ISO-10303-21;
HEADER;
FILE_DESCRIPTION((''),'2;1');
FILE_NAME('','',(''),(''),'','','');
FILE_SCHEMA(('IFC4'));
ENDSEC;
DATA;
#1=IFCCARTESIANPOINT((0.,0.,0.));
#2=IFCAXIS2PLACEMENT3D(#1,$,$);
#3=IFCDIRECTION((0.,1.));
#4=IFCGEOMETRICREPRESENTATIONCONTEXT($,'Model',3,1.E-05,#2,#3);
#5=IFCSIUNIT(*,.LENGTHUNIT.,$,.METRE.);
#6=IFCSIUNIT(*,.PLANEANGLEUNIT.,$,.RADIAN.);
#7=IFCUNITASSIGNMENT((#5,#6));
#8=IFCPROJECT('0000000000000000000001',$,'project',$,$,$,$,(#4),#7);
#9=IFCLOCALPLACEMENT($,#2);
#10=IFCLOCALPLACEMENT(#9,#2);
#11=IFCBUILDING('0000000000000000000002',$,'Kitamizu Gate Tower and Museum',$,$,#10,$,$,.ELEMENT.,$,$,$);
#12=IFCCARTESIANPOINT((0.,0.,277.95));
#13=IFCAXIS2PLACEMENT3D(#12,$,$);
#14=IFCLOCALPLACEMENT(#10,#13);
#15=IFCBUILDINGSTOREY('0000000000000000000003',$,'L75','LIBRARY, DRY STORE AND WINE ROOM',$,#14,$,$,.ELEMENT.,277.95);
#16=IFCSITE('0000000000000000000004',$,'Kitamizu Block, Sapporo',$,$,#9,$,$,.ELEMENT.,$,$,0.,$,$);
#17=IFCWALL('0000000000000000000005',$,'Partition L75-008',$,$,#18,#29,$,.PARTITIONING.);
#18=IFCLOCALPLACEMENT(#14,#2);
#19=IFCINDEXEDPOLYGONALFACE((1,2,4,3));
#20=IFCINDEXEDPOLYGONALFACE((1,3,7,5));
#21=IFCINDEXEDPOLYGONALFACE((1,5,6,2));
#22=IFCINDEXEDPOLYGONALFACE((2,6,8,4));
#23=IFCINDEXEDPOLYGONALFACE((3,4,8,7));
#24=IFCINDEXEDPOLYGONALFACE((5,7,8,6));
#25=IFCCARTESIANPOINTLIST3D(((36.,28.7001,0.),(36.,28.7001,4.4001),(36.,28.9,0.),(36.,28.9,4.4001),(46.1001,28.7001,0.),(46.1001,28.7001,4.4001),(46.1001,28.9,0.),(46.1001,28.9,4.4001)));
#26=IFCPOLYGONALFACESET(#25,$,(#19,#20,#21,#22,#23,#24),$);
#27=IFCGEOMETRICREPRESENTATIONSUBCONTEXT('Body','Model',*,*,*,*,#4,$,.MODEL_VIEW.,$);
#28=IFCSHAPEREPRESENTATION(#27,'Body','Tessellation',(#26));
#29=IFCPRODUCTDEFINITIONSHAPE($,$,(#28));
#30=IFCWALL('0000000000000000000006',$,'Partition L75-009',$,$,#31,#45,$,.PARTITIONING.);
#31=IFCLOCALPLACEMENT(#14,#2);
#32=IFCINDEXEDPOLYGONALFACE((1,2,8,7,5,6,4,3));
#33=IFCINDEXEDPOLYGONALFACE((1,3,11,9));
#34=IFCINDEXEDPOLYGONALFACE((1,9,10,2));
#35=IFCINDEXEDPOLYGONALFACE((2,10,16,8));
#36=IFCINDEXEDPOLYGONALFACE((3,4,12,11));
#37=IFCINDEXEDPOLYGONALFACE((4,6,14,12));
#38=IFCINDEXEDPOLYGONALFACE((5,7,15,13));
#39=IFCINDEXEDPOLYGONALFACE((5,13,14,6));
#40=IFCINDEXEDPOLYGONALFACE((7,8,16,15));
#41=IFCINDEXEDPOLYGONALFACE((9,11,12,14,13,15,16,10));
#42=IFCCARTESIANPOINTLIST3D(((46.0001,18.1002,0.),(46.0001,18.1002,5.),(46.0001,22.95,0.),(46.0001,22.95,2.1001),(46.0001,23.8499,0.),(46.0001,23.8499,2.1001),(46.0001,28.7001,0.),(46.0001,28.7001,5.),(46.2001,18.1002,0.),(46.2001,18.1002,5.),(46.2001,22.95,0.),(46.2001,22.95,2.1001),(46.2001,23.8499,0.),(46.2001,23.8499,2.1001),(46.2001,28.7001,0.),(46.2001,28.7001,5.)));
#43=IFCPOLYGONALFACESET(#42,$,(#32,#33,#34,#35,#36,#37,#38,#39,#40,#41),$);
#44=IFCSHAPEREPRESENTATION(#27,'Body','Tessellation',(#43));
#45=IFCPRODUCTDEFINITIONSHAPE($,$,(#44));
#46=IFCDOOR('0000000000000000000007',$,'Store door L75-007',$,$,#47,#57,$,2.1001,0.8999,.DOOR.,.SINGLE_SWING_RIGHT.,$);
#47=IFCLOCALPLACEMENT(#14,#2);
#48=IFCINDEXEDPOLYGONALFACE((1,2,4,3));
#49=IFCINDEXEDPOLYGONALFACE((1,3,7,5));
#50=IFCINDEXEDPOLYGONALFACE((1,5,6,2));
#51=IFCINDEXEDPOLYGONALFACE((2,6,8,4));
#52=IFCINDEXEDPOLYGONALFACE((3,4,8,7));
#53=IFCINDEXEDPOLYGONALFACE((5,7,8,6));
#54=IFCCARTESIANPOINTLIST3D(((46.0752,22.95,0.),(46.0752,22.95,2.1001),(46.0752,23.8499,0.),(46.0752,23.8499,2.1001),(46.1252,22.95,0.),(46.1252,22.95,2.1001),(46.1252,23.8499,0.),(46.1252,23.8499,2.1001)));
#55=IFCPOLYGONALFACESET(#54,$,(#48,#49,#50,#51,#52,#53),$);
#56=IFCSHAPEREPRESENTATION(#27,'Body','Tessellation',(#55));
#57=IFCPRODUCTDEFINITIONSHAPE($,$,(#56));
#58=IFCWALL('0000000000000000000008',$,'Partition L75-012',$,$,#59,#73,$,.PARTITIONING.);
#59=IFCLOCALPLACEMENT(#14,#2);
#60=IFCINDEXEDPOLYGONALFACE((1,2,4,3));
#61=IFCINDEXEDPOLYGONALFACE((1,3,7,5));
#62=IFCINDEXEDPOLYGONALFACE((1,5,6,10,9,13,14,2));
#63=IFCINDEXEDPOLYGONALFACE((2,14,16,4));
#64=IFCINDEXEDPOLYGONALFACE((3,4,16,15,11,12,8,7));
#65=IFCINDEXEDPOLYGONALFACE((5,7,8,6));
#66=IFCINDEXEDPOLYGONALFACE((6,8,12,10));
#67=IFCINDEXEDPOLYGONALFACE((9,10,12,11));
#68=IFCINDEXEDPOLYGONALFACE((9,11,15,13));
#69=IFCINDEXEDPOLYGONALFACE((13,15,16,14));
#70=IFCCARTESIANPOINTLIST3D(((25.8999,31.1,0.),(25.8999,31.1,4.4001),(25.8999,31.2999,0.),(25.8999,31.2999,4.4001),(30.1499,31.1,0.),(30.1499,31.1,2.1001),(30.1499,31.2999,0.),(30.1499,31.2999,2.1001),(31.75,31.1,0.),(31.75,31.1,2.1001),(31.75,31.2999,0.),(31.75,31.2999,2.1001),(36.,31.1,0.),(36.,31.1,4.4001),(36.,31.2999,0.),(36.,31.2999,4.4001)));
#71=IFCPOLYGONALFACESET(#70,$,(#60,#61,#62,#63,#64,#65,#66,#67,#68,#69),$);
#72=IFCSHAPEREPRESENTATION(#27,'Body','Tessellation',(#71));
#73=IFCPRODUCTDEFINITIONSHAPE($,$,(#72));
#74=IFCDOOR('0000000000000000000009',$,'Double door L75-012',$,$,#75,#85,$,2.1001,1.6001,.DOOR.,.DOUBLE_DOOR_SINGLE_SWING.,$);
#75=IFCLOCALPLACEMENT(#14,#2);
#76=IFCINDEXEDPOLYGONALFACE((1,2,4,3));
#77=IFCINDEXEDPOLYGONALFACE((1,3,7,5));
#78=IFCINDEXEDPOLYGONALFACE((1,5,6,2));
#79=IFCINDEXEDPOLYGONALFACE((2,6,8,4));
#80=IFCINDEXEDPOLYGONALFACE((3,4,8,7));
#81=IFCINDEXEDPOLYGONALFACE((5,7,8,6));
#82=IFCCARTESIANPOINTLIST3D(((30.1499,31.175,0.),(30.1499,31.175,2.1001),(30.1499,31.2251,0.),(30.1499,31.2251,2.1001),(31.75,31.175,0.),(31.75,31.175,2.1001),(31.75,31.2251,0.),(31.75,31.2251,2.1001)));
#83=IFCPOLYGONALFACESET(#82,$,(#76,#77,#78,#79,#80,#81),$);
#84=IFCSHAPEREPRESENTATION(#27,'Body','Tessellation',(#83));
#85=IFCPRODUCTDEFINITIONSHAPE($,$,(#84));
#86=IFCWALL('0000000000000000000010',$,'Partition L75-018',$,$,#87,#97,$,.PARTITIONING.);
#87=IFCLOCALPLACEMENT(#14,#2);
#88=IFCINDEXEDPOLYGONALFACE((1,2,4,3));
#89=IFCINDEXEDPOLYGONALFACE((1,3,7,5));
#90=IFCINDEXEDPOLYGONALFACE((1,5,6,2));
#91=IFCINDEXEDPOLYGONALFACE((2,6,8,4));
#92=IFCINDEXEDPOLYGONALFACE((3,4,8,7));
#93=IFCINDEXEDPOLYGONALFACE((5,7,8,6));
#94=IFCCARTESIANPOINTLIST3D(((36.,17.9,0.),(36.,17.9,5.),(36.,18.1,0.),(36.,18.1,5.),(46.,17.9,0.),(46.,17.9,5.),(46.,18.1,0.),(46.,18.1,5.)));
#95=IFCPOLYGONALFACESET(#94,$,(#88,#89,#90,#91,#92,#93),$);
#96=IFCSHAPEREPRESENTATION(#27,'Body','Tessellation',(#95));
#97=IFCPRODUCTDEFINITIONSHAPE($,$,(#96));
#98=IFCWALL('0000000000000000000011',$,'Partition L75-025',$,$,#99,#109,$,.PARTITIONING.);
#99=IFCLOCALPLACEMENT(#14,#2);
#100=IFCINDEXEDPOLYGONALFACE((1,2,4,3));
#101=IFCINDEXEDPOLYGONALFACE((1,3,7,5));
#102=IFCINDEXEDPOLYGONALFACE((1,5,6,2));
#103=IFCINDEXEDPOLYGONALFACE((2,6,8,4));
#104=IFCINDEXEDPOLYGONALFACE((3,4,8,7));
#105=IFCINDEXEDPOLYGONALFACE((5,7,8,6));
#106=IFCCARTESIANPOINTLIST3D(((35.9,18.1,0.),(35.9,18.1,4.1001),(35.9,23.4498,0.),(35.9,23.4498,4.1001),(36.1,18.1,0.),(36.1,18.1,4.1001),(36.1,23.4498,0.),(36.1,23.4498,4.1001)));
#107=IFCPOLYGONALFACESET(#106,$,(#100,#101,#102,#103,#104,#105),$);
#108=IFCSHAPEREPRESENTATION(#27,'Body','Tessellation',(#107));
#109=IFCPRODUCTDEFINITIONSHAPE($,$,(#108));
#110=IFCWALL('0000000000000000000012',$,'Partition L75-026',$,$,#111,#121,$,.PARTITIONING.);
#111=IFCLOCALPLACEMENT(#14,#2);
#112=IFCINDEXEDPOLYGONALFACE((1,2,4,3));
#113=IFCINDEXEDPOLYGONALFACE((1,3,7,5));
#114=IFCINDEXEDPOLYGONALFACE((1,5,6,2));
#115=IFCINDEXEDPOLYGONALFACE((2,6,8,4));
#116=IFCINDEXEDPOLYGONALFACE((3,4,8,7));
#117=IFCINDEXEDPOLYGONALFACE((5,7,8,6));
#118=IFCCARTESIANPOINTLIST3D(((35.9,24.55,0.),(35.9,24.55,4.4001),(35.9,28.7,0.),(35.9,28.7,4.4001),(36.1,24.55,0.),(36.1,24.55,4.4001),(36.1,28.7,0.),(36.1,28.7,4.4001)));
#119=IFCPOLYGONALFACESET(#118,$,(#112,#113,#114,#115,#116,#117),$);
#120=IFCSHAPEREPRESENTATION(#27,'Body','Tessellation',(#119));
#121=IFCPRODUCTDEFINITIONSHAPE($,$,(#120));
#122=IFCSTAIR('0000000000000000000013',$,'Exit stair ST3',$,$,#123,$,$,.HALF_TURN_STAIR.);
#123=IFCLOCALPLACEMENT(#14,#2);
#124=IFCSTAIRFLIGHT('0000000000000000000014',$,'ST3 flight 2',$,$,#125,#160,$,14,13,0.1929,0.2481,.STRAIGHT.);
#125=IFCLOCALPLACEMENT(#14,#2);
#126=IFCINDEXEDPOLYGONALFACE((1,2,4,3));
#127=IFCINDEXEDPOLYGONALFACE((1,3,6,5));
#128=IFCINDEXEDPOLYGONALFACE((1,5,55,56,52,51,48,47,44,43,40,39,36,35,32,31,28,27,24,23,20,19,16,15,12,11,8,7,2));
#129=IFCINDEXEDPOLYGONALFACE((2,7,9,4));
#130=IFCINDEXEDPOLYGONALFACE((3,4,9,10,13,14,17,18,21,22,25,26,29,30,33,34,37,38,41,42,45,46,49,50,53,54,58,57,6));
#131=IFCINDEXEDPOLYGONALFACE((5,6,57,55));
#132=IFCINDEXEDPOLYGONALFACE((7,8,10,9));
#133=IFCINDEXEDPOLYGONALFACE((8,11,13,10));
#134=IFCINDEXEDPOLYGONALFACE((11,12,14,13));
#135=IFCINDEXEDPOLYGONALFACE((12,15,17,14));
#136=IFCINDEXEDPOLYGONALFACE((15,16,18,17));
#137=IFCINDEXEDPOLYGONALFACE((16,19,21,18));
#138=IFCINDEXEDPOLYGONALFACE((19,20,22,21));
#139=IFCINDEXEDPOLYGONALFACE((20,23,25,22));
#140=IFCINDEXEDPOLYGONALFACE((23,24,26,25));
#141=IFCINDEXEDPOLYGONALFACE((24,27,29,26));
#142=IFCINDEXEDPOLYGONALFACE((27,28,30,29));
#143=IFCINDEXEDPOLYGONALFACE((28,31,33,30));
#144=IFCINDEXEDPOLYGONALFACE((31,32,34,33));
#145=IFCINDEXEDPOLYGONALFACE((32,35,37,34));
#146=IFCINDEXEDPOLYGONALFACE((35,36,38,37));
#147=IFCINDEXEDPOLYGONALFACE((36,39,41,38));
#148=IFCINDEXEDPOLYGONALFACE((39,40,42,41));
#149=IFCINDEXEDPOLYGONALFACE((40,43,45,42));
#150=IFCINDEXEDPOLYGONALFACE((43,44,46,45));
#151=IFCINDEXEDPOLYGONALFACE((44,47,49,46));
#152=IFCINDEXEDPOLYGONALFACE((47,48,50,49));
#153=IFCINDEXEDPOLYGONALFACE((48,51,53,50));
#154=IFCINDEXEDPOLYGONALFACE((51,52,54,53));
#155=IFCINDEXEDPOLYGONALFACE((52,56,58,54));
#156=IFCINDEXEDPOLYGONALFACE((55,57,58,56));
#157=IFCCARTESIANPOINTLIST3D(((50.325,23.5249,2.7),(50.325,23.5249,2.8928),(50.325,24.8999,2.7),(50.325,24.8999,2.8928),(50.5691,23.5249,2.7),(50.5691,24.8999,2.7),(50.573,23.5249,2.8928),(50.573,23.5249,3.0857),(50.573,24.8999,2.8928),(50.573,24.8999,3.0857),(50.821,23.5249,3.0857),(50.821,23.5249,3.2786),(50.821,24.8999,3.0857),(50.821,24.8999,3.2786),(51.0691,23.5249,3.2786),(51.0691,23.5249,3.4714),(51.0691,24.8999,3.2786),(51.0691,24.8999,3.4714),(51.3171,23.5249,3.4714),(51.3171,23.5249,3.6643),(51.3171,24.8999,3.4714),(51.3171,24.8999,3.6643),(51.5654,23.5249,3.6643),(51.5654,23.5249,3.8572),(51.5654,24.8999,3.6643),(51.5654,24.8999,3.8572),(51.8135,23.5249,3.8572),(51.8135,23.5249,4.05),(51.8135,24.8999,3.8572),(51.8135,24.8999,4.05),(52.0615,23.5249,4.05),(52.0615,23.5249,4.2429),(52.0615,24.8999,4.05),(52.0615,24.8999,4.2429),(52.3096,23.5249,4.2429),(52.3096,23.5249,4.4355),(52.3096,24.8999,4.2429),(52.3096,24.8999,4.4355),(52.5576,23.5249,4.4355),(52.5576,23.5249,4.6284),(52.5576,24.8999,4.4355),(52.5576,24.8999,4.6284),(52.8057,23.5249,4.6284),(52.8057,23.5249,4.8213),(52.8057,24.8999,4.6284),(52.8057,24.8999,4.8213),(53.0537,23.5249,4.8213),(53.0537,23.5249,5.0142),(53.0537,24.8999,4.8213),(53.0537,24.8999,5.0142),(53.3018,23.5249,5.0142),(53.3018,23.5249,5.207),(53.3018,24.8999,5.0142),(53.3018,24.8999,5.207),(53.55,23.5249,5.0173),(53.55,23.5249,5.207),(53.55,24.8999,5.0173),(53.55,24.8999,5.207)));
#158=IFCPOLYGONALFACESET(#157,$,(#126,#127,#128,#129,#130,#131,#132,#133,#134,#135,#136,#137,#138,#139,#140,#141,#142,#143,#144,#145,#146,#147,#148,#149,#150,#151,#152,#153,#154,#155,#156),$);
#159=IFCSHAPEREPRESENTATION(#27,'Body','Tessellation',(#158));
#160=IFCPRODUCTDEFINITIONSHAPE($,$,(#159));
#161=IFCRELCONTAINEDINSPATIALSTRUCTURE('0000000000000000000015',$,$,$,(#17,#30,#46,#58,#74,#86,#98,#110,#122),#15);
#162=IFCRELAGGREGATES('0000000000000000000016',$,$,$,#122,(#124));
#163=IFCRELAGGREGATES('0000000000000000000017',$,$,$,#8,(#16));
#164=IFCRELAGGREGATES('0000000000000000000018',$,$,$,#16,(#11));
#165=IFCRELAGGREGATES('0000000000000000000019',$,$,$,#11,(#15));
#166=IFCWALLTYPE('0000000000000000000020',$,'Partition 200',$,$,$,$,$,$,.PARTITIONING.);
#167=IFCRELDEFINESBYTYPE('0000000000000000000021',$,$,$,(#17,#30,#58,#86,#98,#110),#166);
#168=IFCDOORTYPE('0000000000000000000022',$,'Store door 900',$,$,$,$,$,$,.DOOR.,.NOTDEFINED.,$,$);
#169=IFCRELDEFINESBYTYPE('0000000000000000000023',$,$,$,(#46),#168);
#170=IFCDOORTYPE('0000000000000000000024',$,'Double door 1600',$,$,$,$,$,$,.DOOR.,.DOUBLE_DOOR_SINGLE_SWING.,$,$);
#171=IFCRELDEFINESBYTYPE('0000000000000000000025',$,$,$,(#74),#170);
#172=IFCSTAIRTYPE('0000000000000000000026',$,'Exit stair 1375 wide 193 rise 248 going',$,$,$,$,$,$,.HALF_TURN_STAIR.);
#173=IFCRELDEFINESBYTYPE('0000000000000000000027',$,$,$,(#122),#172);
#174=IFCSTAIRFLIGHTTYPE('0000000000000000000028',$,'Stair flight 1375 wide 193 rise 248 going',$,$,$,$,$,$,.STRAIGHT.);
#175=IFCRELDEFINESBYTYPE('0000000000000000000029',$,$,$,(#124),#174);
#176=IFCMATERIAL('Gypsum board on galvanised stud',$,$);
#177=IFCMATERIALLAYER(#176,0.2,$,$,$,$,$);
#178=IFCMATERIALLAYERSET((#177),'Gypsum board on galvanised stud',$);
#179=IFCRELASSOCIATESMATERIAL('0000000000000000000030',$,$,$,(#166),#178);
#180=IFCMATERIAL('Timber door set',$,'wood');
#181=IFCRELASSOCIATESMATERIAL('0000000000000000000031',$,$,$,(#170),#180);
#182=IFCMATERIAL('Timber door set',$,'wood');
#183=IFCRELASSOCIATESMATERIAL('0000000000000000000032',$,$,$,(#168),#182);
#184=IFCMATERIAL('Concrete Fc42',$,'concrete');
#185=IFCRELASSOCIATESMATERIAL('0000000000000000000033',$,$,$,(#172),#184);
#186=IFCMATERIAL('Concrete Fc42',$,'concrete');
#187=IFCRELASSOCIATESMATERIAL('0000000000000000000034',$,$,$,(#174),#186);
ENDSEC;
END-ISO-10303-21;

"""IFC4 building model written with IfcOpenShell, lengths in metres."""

from ifc_helpers import new_model, si_unit, direction, frame, frame_2d, origin, place, context, subcontext, project, spatial, polyline, rectangle, outline, extrude, material, layer, layer_set, type_object, element, fill, aggregate, save


model = new_model("IFC4")

# Units and contexts
model_context = context("Model", 3, precision=1e-05, world=origin(), true_north=direction((0.0, 1.0)))
body_context = subcontext(model_context, "Body", "Model", "MODEL_VIEW")
ifc_project = project(units=[si_unit("LENGTHUNIT", "METRE"), si_unit("PLANEANGLEUNIT", "RADIAN")], contexts=[model_context])

# Site, building, storey
site_placement = place(None, origin())
site = spatial("IfcSite", under=ifc_project, at=site_placement, Name="Kitamizu Block, Sapporo", CompositionType="ELEMENT", RefElevation=0.0)
building_placement = place(site_placement, origin())
building = spatial("IfcBuilding", under=site, at=building_placement, Name="Kitamizu Gate Tower and Museum", CompositionType="ELEMENT")
storey_placement = place(building_placement, frame((0.0, 0.0, 277.95)))
storey = spatial("IfcBuildingStorey", under=building, at=storey_placement, Name="L75", Description="LIBRARY, DRY STORE AND WINE ROOM", CompositionType="ELEMENT", Elevation=277.95)

# Shared definitions
ifc_material_1 = material(Name="Gypsum board on galvanised stud")
ifc_layer_1 = layer(ifc_material_1, 0.2)
ifc_layer_set_1 = layer_set([ifc_layer_1], Name="Gypsum board on galvanised stud")
wall_type_1 = type_object("IfcWallType", Name="Partition 200", PredefinedType="PARTITIONING", material=ifc_layer_set_1)
ifc_material_2 = material(Name="Timber door set", Category="wood")
door_type_1 = type_object("IfcDoorType", Name="Double door 1600", OperationType="DOUBLE_DOOR_SINGLE_SWING", PredefinedType="DOOR", material=ifc_material_2)

# Wall
wall_1_placement = place(storey_placement, frame((36.0, 28.8, 0.0), z_axis=(0.0, 0.0, 1.0), x_axis=(1.0, 0.0, 0.0)))
element("IfcWall", 1, at=wall_1_placement, inside=storey, type_object=wall_type_1, Name="Partition L75-008", PredefinedType="PARTITIONING", context=body_context, shape_type="SweptSolid", body=[
    extrude(rectangle(XDim=10.1001, YDim=0.2, at=frame_2d((5.05, 0.0))), origin(), (0.0, 0.0, 1.0), 4.4001),
])

# Walls, openings, doors
wall_2_placement = place(storey_placement, frame((46.1001, 28.7, 0.0), z_axis=(0.0, 0.0, 1.0), x_axis=(0.0, -1.0, 0.0)))
wall_2 = element("IfcWall", 2, at=wall_2_placement, inside=storey, type_object=wall_type_1, Name="Partition L75-009", PredefinedType="PARTITIONING", context=body_context, shape_type="SweptSolid", body=[
    extrude(rectangle(XDim=10.5999, YDim=0.2, at=frame_2d((5.2998, 0.0))), origin(), (0.0, 0.0, 1.0), 5.0),
])
opening_1_placement = place(wall_2_placement, frame((4.8501, 0.0, 0.0)))
opening_1 = element("IfcOpeningElement", 3, at=opening_1_placement, cuts=wall_2, PredefinedType="OPENING", context=body_context, shape_type="SweptSolid", body=[
    extrude(rectangle(XDim=0.8999, YDim=2.1001, at=frame_2d((0.45, 1.05))), frame((0.0, 0.1099, 0.0), z_axis=(0.0, -1.0, 0.0), x_axis=(1.0, 0.0, 0.0)), (0.0, 0.0, 1.0), 0.22),
])
ifc_material_3 = material(Name="Timber door set", Category="wood")
door_type_2 = type_object("IfcDoorType", Name="Store door 900", OperationType="NOTDEFINED", PredefinedType="DOOR", material=ifc_material_3)
door_1_placement = place(opening_1_placement, frame((0.8999, 0.0, 0.0), x_axis=(-1.0, 0.0, 0.0)))
door_1 = element("IfcDoor", 4, at=door_1_placement, inside=storey, type_object=door_type_2, Name="Store door L75-007", OperationType="SINGLE_SWING_RIGHT", OverallHeight=2.1001, OverallWidth=0.8999, PredefinedType="DOOR", context=body_context, shape_type="SweptSolid", body=[
    extrude(rectangle(XDim=0.8999, YDim=2.1001, at=frame_2d((0.45, 1.05))), frame((0.0, 0.0249, 0.0), z_axis=(0.0, -1.0, 0.0), x_axis=(1.0, 0.0, 0.0)), (0.0, 0.0, 1.0), 0.05),
])
fill(opening_1, door_1)
wall_3_placement = place(storey_placement, frame((36.0, 31.2, 0.0), z_axis=(0.0, 0.0, 1.0), x_axis=(-1.0, 0.0, 0.0)))
wall_3 = element("IfcWall", 5, at=wall_3_placement, inside=storey, type_object=wall_type_1, Name="Partition L75-012", PredefinedType="PARTITIONING", context=body_context, shape_type="SweptSolid", body=[
    extrude(rectangle(XDim=10.1001, YDim=0.2, at=frame_2d((5.05, 0.0))), origin(), (0.0, 0.0, 1.0), 4.4001),
])
opening_2_placement = place(wall_3_placement, frame((4.25, 0.0, 0.0)))
opening_2 = element("IfcOpeningElement", 6, at=opening_2_placement, cuts=wall_3, PredefinedType="OPENING", context=body_context, shape_type="SweptSolid", body=[
    extrude(rectangle(XDim=1.6001, YDim=2.1001, at=frame_2d((0.8, 1.05))), frame((0.0, 0.1099, 0.0), z_axis=(0.0, -1.0, 0.0), x_axis=(1.0, 0.0, 0.0)), (0.0, 0.0, 1.0), 0.22),
])
door_2_placement = place(opening_2_placement, origin())
door_2 = element("IfcDoor", 7, at=door_2_placement, inside=storey, type_object=door_type_1, Name="Double door L75-012", OperationType="DOUBLE_DOOR_SINGLE_SWING", OverallHeight=2.1001, OverallWidth=1.6001, PredefinedType="DOOR", context=body_context, shape_type="SweptSolid", body=[
    extrude(rectangle(XDim=1.6001, YDim=2.1001, at=frame_2d((0.8, 1.05))), frame((0.0, 0.0249, 0.0), z_axis=(0.0, -1.0, 0.0), x_axis=(1.0, 0.0, 0.0)), (0.0, 0.0, 1.0), 0.05),
])
fill(opening_2, door_2)

# Walls
wall_4_placement = place(storey_placement, frame((46.0, 18.0, 0.0), z_axis=(0.0, 0.0, 1.0), x_axis=(-1.0, 0.0, 0.0)))
element("IfcWall", 8, at=wall_4_placement, inside=storey, type_object=wall_type_1, Name="Partition L75-018", PredefinedType="PARTITIONING", context=body_context, shape_type="SweptSolid", body=[
    extrude(rectangle(XDim=10.0, YDim=0.2, at=frame_2d((5.0, 0.0))), origin(), (0.0, 0.0, 1.0), 5.0),
])
wall_5_placement = place(storey_placement, frame((36.0, 18.1001, 0.0), z_axis=(0.0, 0.0, 1.0), x_axis=(0.0, 1.0, 0.0)))
element("IfcWall", 9, at=wall_5_placement, inside=storey, type_object=wall_type_1, Name="Partition L75-025", PredefinedType="PARTITIONING", context=body_context, shape_type="SweptSolid", body=[
    extrude(rectangle(XDim=5.3499, YDim=0.2, at=frame_2d((2.6748, 0.0))), origin(), (0.0, 0.0, 1.0), 4.1001),
])
wall_6_placement = place(storey_placement, frame((36.0, 24.55, 0.0), z_axis=(0.0, 0.0, 1.0), x_axis=(0.0, 1.0, 0.0)))
element("IfcWall", 10, at=wall_6_placement, inside=storey, type_object=wall_type_1, Name="Partition L75-026", PredefinedType="PARTITIONING", context=body_context, shape_type="SweptSolid", body=[
    extrude(rectangle(XDim=4.1499, YDim=0.2, at=frame_2d((2.075, 0.0))), origin(), (0.0, 0.0, 1.0), 4.4001),
])

# Stair, stair flight
ifc_material_4 = material(Name="Concrete Fc42", Category="concrete")
stair_type = type_object("IfcStairType", Name="Exit stair 1375 wide 193 rise 248 going", PredefinedType="HALF_TURN_STAIR", material=ifc_material_4)
stair_placement = place(storey_placement, origin())
stair = element("IfcStair", 11, at=stair_placement, inside=storey, type_object=stair_type, Name="Exit stair ST3", PredefinedType="HALF_TURN_STAIR")
ifc_material_5 = material(Name="Concrete Fc42", Category="concrete")
stair_flight_type = type_object("IfcStairFlightType", Name="Stair flight 1375 wide 193 rise 248 going", PredefinedType="STRAIGHT", material=ifc_material_5)
stair_flight_placement = place(storey_placement, frame((50.325, 24.2124, 2.7), z_axis=(0.0, 0.0, 1.0), x_axis=(1.0, 0.0, 0.0)))
stair_flight = element("IfcStairFlight", 12, at=stair_flight_placement, type_object=stair_flight_type, Name="ST3 flight 2", NumberOfRisers=14, NumberOfTreads=13, PredefinedType="STRAIGHT", RiserHeight=0.1929, TreadLength=0.2481, context=body_context, shape_type="SweptSolid", body=[
    extrude(outline(polyline([(0.0, 0.0), (0.0, 0.1929), (0.248, 0.1929), (0.248, 0.3857), (0.4961, 0.3857), (0.4961, 0.5786), (0.7441, 0.5786), (0.7441, 0.7715), (0.9922, 0.7715), (0.9922, 0.9644), (1.2405, 0.9644), (1.2405, 1.1572), (1.4885, 1.1572), (1.4885, 1.3501), (1.7366, 1.3501), (1.7366, 1.543), (1.9846, 1.543), (1.9846, 1.7356), (2.2327, 1.7356), (2.2327, 1.9285), (2.4807, 1.9285), (2.4807, 2.1213), (2.7288, 2.1213), (2.7288, 2.3142), (2.9768, 2.3142), (2.9768, 2.5071), (3.2251, 2.5071), (3.2251, 2.7), (3.2251, 2.3174), (0.2441, 0.0), (0.0, 0.0)])), frame((0.0, 0.6875, 0.0), z_axis=(0.0, -1.0, 0.0), x_axis=(1.0, 0.0, 0.0)), (0.0, 0.0, 1.0), 1.375),
])
aggregate(stair, [stair_flight])

save(model, "model.ifc")
